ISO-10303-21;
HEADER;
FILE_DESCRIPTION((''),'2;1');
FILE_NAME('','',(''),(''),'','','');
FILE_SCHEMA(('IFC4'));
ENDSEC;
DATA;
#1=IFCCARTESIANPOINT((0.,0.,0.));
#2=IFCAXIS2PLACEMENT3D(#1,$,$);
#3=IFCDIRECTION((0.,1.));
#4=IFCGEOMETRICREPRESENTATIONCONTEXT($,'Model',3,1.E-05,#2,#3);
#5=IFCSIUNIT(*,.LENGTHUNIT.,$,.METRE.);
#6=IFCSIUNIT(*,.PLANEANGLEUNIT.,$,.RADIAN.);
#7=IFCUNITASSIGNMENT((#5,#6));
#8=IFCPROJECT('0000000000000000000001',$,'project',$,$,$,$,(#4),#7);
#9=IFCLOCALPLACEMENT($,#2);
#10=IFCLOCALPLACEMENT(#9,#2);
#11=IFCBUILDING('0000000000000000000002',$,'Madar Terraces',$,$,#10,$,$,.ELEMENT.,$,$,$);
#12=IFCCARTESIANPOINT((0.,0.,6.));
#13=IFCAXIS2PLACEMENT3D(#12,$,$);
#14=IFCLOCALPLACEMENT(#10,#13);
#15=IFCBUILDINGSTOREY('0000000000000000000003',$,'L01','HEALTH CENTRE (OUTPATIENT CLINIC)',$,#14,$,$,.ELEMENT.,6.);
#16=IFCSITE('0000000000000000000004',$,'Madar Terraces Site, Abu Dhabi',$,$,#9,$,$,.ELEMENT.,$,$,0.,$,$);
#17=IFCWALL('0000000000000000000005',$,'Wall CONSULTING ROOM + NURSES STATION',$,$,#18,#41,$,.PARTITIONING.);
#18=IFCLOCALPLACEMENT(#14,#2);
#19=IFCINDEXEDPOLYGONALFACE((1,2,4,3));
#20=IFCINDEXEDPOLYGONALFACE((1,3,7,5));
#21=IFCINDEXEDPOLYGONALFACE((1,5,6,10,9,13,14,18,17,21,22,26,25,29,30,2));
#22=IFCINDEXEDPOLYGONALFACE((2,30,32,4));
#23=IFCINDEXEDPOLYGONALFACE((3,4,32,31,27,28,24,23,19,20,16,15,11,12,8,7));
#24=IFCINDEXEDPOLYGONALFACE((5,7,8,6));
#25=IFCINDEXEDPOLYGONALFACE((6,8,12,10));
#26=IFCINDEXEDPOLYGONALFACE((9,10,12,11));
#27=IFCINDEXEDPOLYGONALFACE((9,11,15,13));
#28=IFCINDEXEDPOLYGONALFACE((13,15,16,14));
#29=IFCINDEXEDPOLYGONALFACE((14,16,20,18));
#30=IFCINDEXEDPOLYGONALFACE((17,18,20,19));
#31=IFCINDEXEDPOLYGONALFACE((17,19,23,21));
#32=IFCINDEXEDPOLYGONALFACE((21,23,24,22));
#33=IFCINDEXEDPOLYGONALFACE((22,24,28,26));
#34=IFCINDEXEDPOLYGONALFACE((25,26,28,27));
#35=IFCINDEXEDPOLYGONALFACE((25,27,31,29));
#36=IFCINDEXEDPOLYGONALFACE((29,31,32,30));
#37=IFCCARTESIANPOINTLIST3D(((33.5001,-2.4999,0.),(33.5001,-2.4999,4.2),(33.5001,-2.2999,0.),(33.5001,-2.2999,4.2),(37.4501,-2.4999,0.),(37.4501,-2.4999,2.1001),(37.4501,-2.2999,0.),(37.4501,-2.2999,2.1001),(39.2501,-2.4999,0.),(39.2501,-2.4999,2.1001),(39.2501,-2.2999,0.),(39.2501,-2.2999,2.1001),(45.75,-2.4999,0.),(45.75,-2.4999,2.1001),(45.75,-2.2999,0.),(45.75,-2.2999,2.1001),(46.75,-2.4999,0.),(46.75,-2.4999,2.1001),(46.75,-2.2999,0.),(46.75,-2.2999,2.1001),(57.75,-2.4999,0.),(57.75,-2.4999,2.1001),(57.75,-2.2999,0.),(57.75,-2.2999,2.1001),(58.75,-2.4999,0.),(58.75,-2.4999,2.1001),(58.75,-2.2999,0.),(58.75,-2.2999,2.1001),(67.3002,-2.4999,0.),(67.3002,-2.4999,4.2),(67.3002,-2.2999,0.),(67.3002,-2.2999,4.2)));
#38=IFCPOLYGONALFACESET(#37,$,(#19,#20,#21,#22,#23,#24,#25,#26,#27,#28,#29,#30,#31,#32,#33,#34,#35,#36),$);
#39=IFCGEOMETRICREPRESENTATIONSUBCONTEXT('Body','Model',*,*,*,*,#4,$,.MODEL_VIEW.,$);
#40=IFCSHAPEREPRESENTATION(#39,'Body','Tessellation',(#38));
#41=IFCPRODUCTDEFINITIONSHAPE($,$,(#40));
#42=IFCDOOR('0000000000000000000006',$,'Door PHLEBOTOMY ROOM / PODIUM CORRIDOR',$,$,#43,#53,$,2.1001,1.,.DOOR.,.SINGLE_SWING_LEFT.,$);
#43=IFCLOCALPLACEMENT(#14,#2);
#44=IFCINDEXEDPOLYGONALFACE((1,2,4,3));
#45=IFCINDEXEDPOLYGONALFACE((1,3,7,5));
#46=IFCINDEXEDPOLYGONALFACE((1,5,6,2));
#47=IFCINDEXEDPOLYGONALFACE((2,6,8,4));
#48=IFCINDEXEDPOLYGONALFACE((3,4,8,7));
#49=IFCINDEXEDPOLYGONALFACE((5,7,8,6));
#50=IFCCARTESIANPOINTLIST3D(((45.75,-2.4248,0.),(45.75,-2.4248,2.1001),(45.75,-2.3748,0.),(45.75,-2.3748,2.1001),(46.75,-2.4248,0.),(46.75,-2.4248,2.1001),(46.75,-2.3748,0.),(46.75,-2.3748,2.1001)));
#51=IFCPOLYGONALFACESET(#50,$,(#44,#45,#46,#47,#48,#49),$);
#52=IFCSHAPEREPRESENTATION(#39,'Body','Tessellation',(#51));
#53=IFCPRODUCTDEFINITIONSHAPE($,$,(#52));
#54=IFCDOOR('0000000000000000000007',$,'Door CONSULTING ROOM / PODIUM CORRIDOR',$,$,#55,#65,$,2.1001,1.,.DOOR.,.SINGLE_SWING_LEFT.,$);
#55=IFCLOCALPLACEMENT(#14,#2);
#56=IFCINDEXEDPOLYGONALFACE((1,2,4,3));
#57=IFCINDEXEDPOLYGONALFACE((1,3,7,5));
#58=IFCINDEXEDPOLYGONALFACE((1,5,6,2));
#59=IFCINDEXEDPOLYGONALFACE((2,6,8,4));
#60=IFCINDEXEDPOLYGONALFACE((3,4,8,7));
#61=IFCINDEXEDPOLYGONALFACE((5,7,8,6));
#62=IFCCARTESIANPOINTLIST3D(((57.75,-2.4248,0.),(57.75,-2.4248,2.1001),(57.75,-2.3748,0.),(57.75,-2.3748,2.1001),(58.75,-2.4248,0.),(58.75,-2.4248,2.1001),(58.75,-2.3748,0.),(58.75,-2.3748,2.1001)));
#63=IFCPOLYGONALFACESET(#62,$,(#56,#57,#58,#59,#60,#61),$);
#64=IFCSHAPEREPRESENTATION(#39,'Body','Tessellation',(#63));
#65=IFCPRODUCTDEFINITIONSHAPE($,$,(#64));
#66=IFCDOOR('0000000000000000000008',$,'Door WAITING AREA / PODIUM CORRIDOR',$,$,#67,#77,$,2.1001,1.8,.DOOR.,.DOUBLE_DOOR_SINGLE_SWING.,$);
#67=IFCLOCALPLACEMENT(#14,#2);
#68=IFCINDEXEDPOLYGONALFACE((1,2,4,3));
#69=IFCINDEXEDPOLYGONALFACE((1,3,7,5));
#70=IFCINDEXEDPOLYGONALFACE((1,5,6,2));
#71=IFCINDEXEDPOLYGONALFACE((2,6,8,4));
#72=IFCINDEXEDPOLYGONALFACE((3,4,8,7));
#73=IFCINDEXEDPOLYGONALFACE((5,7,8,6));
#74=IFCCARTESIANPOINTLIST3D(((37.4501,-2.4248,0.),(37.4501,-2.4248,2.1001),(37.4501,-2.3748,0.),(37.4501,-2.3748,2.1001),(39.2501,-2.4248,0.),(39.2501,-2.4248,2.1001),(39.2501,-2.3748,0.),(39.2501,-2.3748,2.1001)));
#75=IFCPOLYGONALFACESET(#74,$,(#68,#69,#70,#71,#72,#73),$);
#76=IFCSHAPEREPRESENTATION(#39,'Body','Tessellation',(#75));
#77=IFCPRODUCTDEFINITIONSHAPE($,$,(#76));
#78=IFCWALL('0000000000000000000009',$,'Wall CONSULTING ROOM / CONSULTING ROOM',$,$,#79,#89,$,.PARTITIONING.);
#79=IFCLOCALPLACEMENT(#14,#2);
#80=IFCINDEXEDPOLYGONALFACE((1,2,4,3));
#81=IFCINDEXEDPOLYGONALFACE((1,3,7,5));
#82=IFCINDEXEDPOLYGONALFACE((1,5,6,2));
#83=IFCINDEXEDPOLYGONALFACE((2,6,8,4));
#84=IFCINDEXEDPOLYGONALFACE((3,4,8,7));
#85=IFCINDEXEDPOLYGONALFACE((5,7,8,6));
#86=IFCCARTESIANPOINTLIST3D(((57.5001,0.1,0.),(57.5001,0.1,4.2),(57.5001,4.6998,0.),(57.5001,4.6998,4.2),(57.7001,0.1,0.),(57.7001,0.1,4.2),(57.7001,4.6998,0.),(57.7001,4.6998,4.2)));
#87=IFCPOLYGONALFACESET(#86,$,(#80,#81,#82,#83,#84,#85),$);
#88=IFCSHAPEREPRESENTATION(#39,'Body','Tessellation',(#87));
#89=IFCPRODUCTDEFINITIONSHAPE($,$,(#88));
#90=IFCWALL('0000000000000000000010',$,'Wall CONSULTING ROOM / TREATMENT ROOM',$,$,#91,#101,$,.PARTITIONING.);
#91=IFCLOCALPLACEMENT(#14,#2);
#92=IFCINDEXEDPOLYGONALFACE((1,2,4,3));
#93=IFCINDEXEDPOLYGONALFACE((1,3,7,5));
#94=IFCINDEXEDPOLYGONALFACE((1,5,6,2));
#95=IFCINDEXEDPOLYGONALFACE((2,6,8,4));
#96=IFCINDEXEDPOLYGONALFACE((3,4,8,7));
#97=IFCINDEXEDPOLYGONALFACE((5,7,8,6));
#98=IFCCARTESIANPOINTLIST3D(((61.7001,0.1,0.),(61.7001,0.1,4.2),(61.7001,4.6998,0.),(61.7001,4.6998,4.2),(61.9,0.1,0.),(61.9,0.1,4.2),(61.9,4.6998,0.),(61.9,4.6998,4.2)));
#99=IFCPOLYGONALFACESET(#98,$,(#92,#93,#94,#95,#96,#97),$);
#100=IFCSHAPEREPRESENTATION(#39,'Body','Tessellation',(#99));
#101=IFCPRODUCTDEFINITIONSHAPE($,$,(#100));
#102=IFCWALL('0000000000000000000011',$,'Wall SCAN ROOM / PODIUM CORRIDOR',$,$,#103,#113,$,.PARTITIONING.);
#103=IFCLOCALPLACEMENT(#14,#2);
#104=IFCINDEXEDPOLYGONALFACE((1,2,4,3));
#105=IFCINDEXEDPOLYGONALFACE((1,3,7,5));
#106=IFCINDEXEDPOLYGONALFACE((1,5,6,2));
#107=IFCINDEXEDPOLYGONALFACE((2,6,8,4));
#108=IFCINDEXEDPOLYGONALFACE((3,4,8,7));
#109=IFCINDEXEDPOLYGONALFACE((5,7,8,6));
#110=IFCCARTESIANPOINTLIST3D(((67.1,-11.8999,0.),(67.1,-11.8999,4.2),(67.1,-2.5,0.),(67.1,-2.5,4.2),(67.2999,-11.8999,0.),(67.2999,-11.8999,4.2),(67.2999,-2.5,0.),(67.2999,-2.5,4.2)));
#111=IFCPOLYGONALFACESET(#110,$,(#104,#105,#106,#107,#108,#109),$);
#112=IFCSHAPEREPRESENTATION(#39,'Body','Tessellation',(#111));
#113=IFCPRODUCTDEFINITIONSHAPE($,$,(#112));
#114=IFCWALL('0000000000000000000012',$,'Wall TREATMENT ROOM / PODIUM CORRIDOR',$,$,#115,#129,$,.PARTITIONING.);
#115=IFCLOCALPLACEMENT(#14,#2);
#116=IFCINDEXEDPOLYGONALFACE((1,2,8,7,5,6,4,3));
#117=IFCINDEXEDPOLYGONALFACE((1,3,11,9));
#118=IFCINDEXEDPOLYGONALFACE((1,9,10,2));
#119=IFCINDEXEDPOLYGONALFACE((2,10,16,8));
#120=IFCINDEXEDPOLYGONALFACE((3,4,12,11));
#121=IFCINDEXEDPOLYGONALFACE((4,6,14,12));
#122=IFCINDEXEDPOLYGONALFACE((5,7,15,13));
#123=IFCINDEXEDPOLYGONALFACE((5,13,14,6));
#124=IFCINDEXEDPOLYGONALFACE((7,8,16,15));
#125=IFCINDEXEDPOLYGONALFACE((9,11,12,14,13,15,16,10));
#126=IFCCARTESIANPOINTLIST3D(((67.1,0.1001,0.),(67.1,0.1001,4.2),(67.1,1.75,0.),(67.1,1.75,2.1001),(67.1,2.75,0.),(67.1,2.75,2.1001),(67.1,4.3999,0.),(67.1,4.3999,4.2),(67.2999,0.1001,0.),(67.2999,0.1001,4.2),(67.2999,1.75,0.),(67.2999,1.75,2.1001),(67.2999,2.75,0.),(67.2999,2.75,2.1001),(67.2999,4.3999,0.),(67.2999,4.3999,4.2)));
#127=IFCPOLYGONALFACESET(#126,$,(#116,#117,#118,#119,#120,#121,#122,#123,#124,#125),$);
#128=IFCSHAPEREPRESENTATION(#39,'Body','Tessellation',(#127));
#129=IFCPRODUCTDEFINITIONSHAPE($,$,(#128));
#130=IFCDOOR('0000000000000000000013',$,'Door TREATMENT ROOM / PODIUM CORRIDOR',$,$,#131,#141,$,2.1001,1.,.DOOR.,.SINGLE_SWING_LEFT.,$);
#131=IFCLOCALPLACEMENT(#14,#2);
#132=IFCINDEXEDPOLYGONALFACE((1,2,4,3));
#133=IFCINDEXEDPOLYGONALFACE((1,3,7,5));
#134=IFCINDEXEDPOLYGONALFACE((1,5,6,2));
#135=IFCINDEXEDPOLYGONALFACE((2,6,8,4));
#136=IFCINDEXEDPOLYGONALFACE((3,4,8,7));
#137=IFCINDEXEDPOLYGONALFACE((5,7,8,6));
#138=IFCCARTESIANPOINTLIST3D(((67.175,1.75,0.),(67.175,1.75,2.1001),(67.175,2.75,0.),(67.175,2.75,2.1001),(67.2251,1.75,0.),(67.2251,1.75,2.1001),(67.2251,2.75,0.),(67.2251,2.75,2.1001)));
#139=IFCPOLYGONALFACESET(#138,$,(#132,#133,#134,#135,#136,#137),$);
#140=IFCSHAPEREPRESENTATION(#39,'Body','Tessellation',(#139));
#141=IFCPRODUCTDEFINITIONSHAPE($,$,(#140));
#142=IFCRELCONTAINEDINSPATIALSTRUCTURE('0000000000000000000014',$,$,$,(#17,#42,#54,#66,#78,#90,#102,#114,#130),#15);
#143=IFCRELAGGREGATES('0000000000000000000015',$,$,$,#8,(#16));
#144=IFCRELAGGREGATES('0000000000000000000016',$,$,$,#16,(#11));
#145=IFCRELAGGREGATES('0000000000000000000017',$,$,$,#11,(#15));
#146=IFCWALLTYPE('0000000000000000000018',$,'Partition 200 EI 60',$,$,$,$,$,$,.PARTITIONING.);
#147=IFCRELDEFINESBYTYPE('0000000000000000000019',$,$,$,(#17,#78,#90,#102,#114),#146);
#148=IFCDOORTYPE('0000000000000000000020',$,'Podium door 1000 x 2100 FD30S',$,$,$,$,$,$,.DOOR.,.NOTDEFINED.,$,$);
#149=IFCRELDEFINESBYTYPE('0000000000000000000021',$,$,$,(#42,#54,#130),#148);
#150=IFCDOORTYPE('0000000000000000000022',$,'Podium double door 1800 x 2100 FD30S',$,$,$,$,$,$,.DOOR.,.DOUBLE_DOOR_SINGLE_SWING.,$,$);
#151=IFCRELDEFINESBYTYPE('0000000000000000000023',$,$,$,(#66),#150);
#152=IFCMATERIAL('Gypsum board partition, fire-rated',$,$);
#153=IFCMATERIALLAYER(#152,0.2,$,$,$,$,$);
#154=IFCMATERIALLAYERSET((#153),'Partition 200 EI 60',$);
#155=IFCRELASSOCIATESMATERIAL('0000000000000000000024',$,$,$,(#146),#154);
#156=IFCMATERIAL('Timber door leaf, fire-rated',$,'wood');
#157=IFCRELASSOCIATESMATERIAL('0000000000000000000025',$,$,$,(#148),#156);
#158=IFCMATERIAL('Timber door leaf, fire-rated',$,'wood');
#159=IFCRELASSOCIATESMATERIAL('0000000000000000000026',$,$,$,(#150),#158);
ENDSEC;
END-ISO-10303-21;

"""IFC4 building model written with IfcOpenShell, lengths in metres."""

from ifc_helpers import new_model, si_unit, direction, frame, frame_2d, origin, place, context, subcontext, project, spatial, rectangle, extrude, material, layer, layer_set, type_object, element, fill, save


model = new_model("IFC4")

# Units and contexts
model_context = context("Model", 3, precision=1e-05, world=origin(), true_north=direction((0.0, 1.0)))
body_context = subcontext(model_context, "Body", "Model", "MODEL_VIEW")
ifc_project = project(units=[si_unit("LENGTHUNIT", "METRE"), si_unit("PLANEANGLEUNIT", "RADIAN")], contexts=[model_context])

# Site, building, storey
site_placement = place(None, origin())
site = spatial("IfcSite", under=ifc_project, at=site_placement, Name="Madar Terraces Site, Abu Dhabi", CompositionType="ELEMENT", RefElevation=0.0)
building_placement = place(site_placement, origin())
building = spatial("IfcBuilding", under=site, at=building_placement, Name="Madar Terraces", CompositionType="ELEMENT")
storey_placement = place(building_placement, frame((0.0, 0.0, 6.0)))
storey = spatial("IfcBuildingStorey", under=building, at=storey_placement, Name="L01", Description="HEALTH CENTRE (OUTPATIENT CLINIC)", CompositionType="ELEMENT", Elevation=6.0)

# Shared definitions
ifc_material_1 = material(Name="Gypsum board partition, fire-rated")
ifc_layer_1 = layer(ifc_material_1, 0.2)
ifc_layer_set_1 = layer_set([ifc_layer_1], Name="Partition 200 EI 60")
wall_type = type_object("IfcWallType", Name="Partition 200 EI 60", PredefinedType="PARTITIONING", material=ifc_layer_set_1)

# Wall, openings, doors
wall_1_placement = place(storey_placement, frame((67.3, -2.3999, 0.0), z_axis=(0.0, 0.0, 1.0), x_axis=(-1.0, 0.0, 0.0)))
wall_1 = element("IfcWall", 1, at=wall_1_placement, inside=storey, type_object=wall_type, Name="Wall CONSULTING ROOM + NURSES STATION", PredefinedType="PARTITIONING", context=body_context, shape_type="SweptSolid", body=[
    extrude(rectangle(XDim=33.8, YDim=0.2, at=frame_2d((16.8999, 0.0))), origin(), (0.0, 0.0, 1.0), 4.2),
])
opening_1_placement = place(wall_1_placement, frame((28.05, 0.0, 0.0)))
opening_1 = element("IfcOpeningElement", 2, at=opening_1_placement, cuts=wall_1, PredefinedType="OPENING", context=body_context, shape_type="SweptSolid", body=[
    extrude(rectangle(XDim=1.8, YDim=2.1001, at=frame_2d((0.8999, 1.05))), frame((0.0, 0.1099, 0.0), z_axis=(0.0, -1.0, 0.0), x_axis=(1.0, 0.0, 0.0)), (0.0, 0.0, 1.0), 0.22),
])
opening_2_placement = place(wall_1_placement, frame((20.55, 0.0, 0.0)))
opening_2 = element("IfcOpeningElement", 3, at=opening_2_placement, cuts=wall_1, PredefinedType="OPENING", context=body_context, shape_type="SweptSolid", body=[
    extrude(rectangle(XDim=1.0, YDim=2.1001, at=frame_2d((0.5, 1.05))), frame((0.0, 0.1099, 0.0), z_axis=(0.0, -1.0, 0.0), x_axis=(1.0, 0.0, 0.0)), (0.0, 0.0, 1.0), 0.22),
])
opening_3_placement = place(wall_1_placement, frame((8.55, 0.0, 0.0)))
opening_3 = element("IfcOpeningElement", 4, at=opening_3_placement, cuts=wall_1, PredefinedType="OPENING", context=body_context, shape_type="SweptSolid", body=[
    extrude(rectangle(XDim=1.0, YDim=2.1001, at=frame_2d((0.5, 1.05))), frame((0.0, 0.1099, 0.0), z_axis=(0.0, -1.0, 0.0), x_axis=(1.0, 0.0, 0.0)), (0.0, 0.0, 1.0), 0.22),
])
ifc_material_2 = material(Name="Timber door leaf, fire-rated", Category="wood")
door_type_1 = type_object("IfcDoorType", Name="Podium door 1000 x 2100 FD30S", OperationType="NOTDEFINED", PredefinedType="DOOR", material=ifc_material_2)
door_1_placement = place(opening_2_placement, origin())
door_1 = element("IfcDoor", 5, at=door_1_placement, inside=storey, type_object=door_type_1, Name="Door PHLEBOTOMY ROOM / PODIUM CORRIDOR", OperationType="SINGLE_SWING_LEFT", OverallHeight=2.1001, OverallWidth=1.0, PredefinedType="DOOR", context=body_context, shape_type="SweptSolid", body=[
    extrude(rectangle(XDim=1.0, YDim=2.1001, at=frame_2d((0.5, 1.05))), frame((0.0, 0.0249, 0.0), z_axis=(0.0, -1.0, 0.0), x_axis=(1.0, 0.0, 0.0)), (0.0, 0.0, 1.0), 0.05),
])
fill(opening_2, door_1)
door_2_placement = place(opening_3_placement, origin())
door_2 = element("IfcDoor", 6, at=door_2_placement, inside=storey, type_object=door_type_1, Name="Door CONSULTING ROOM / PODIUM CORRIDOR", OperationType="SINGLE_SWING_LEFT", OverallHeight=2.1001, OverallWidth=1.0, PredefinedType="DOOR", context=body_context, shape_type="SweptSolid", body=[
    extrude(rectangle(XDim=1.0, YDim=2.1001, at=frame_2d((0.5, 1.05))), frame((0.0, 0.0249, 0.0), z_axis=(0.0, -1.0, 0.0), x_axis=(1.0, 0.0, 0.0)), (0.0, 0.0, 1.0), 0.05),
])
fill(opening_3, door_2)
ifc_material_3 = material(Name="Timber door leaf, fire-rated", Category="wood")
door_type_2 = type_object("IfcDoorType", Name="Podium double door 1800 x 2100 FD30S", OperationType="DOUBLE_DOOR_SINGLE_SWING", PredefinedType="DOOR", material=ifc_material_3)
door_3_placement = place(opening_1_placement, origin())
door_3 = element("IfcDoor", 7, at=door_3_placement, inside=storey, type_object=door_type_2, Name="Door WAITING AREA / PODIUM CORRIDOR", OperationType="DOUBLE_DOOR_SINGLE_SWING", OverallHeight=2.1001, OverallWidth=1.8, PredefinedType="DOOR", context=body_context, shape_type="SweptSolid", body=[
    extrude(rectangle(XDim=1.8, YDim=2.1001, at=frame_2d((0.8999, 1.05))), frame((0.0, 0.0249, 0.0), z_axis=(0.0, -1.0, 0.0), x_axis=(1.0, 0.0, 0.0)), (0.0, 0.0, 1.0), 0.05),
])
fill(opening_1, door_3)

# Walls
for number, where, z_axis, x_axis, name in (
    (8, (57.6001, 0.1001, 0.0), (0.0, 0.0, 1.0), (0.0, 1.0, 0.0), "Wall CONSULTING ROOM / CONSULTING ROOM"),
    (9, (61.8, 0.1001, 0.0), (0.0, 0.0, 1.0), (0.0, 1.0, 0.0), "Wall CONSULTING ROOM / TREATMENT ROOM"),
):
    element("IfcWall", number, at=place(storey_placement, frame(where, z_axis=z_axis, x_axis=x_axis)), inside=storey, type_object=wall_type, Name=name, PredefinedType="PARTITIONING", context=body_context, shape_type="SweptSolid", body=[
        extrude(rectangle(XDim=4.5999, YDim=0.2, at=frame_2d((2.2998, 0.0))), origin(), (0.0, 0.0, 1.0), 4.2),
    ])
wall_2_placement = place(storey_placement, frame((67.2, -11.8999, 0.0), z_axis=(0.0, 0.0, 1.0), x_axis=(0.0, 1.0, 0.0)))
element("IfcWall", 10, at=wall_2_placement, inside=storey, type_object=wall_type, Name="Wall SCAN ROOM / PODIUM CORRIDOR", PredefinedType="PARTITIONING", context=body_context, shape_type="SweptSolid", body=[
    extrude(rectangle(XDim=9.3999, YDim=0.2, at=frame_2d((4.7, 0.0))), origin(), (0.0, 0.0, 1.0), 4.2),
])

# Wall, opening, door
wall_3_placement = place(storey_placement, frame((67.2, 0.1001, 0.0), z_axis=(0.0, 0.0, 1.0), x_axis=(0.0, 1.0, 0.0)))
wall_3 = element("IfcWall", 11, at=wall_3_placement, inside=storey, type_object=wall_type, Name="Wall TREATMENT ROOM / PODIUM CORRIDOR", PredefinedType="PARTITIONING", context=body_context, shape_type="SweptSolid", body=[
    extrude(rectangle(XDim=4.2998, YDim=0.2, at=frame_2d((2.1499, 0.0))), origin(), (0.0, 0.0, 1.0), 4.2),
])
opening_4_placement = place(wall_3_placement, frame((1.6499, 0.0, 0.0)))
opening_4 = element("IfcOpeningElement", 12, at=opening_4_placement, cuts=wall_3, PredefinedType="OPENING", context=body_context, shape_type="SweptSolid", body=[
    extrude(rectangle(XDim=1.0, YDim=2.1001, at=frame_2d((0.5, 1.05))), frame((0.0, 0.1099, 0.0), z_axis=(0.0, -1.0, 0.0), x_axis=(1.0, 0.0, 0.0)), (0.0, 0.0, 1.0), 0.22),
])
door_4_placement = place(opening_4_placement, origin())
door_4 = element("IfcDoor", 13, at=door_4_placement, inside=storey, type_object=door_type_1, Name="Door TREATMENT ROOM / PODIUM CORRIDOR", OperationType="SINGLE_SWING_LEFT", OverallHeight=2.1001, OverallWidth=1.0, PredefinedType="DOOR", context=body_context, shape_type="SweptSolid", body=[
    extrude(rectangle(XDim=1.0, YDim=2.1001, at=frame_2d((0.5, 1.05))), frame((0.0, 0.0249, 0.0), z_axis=(0.0, -1.0, 0.0), x_axis=(1.0, 0.0, 0.0)), (0.0, 0.0, 1.0), 0.05),
])
fill(opening_4, door_4)

save(model, "model.ifc")
